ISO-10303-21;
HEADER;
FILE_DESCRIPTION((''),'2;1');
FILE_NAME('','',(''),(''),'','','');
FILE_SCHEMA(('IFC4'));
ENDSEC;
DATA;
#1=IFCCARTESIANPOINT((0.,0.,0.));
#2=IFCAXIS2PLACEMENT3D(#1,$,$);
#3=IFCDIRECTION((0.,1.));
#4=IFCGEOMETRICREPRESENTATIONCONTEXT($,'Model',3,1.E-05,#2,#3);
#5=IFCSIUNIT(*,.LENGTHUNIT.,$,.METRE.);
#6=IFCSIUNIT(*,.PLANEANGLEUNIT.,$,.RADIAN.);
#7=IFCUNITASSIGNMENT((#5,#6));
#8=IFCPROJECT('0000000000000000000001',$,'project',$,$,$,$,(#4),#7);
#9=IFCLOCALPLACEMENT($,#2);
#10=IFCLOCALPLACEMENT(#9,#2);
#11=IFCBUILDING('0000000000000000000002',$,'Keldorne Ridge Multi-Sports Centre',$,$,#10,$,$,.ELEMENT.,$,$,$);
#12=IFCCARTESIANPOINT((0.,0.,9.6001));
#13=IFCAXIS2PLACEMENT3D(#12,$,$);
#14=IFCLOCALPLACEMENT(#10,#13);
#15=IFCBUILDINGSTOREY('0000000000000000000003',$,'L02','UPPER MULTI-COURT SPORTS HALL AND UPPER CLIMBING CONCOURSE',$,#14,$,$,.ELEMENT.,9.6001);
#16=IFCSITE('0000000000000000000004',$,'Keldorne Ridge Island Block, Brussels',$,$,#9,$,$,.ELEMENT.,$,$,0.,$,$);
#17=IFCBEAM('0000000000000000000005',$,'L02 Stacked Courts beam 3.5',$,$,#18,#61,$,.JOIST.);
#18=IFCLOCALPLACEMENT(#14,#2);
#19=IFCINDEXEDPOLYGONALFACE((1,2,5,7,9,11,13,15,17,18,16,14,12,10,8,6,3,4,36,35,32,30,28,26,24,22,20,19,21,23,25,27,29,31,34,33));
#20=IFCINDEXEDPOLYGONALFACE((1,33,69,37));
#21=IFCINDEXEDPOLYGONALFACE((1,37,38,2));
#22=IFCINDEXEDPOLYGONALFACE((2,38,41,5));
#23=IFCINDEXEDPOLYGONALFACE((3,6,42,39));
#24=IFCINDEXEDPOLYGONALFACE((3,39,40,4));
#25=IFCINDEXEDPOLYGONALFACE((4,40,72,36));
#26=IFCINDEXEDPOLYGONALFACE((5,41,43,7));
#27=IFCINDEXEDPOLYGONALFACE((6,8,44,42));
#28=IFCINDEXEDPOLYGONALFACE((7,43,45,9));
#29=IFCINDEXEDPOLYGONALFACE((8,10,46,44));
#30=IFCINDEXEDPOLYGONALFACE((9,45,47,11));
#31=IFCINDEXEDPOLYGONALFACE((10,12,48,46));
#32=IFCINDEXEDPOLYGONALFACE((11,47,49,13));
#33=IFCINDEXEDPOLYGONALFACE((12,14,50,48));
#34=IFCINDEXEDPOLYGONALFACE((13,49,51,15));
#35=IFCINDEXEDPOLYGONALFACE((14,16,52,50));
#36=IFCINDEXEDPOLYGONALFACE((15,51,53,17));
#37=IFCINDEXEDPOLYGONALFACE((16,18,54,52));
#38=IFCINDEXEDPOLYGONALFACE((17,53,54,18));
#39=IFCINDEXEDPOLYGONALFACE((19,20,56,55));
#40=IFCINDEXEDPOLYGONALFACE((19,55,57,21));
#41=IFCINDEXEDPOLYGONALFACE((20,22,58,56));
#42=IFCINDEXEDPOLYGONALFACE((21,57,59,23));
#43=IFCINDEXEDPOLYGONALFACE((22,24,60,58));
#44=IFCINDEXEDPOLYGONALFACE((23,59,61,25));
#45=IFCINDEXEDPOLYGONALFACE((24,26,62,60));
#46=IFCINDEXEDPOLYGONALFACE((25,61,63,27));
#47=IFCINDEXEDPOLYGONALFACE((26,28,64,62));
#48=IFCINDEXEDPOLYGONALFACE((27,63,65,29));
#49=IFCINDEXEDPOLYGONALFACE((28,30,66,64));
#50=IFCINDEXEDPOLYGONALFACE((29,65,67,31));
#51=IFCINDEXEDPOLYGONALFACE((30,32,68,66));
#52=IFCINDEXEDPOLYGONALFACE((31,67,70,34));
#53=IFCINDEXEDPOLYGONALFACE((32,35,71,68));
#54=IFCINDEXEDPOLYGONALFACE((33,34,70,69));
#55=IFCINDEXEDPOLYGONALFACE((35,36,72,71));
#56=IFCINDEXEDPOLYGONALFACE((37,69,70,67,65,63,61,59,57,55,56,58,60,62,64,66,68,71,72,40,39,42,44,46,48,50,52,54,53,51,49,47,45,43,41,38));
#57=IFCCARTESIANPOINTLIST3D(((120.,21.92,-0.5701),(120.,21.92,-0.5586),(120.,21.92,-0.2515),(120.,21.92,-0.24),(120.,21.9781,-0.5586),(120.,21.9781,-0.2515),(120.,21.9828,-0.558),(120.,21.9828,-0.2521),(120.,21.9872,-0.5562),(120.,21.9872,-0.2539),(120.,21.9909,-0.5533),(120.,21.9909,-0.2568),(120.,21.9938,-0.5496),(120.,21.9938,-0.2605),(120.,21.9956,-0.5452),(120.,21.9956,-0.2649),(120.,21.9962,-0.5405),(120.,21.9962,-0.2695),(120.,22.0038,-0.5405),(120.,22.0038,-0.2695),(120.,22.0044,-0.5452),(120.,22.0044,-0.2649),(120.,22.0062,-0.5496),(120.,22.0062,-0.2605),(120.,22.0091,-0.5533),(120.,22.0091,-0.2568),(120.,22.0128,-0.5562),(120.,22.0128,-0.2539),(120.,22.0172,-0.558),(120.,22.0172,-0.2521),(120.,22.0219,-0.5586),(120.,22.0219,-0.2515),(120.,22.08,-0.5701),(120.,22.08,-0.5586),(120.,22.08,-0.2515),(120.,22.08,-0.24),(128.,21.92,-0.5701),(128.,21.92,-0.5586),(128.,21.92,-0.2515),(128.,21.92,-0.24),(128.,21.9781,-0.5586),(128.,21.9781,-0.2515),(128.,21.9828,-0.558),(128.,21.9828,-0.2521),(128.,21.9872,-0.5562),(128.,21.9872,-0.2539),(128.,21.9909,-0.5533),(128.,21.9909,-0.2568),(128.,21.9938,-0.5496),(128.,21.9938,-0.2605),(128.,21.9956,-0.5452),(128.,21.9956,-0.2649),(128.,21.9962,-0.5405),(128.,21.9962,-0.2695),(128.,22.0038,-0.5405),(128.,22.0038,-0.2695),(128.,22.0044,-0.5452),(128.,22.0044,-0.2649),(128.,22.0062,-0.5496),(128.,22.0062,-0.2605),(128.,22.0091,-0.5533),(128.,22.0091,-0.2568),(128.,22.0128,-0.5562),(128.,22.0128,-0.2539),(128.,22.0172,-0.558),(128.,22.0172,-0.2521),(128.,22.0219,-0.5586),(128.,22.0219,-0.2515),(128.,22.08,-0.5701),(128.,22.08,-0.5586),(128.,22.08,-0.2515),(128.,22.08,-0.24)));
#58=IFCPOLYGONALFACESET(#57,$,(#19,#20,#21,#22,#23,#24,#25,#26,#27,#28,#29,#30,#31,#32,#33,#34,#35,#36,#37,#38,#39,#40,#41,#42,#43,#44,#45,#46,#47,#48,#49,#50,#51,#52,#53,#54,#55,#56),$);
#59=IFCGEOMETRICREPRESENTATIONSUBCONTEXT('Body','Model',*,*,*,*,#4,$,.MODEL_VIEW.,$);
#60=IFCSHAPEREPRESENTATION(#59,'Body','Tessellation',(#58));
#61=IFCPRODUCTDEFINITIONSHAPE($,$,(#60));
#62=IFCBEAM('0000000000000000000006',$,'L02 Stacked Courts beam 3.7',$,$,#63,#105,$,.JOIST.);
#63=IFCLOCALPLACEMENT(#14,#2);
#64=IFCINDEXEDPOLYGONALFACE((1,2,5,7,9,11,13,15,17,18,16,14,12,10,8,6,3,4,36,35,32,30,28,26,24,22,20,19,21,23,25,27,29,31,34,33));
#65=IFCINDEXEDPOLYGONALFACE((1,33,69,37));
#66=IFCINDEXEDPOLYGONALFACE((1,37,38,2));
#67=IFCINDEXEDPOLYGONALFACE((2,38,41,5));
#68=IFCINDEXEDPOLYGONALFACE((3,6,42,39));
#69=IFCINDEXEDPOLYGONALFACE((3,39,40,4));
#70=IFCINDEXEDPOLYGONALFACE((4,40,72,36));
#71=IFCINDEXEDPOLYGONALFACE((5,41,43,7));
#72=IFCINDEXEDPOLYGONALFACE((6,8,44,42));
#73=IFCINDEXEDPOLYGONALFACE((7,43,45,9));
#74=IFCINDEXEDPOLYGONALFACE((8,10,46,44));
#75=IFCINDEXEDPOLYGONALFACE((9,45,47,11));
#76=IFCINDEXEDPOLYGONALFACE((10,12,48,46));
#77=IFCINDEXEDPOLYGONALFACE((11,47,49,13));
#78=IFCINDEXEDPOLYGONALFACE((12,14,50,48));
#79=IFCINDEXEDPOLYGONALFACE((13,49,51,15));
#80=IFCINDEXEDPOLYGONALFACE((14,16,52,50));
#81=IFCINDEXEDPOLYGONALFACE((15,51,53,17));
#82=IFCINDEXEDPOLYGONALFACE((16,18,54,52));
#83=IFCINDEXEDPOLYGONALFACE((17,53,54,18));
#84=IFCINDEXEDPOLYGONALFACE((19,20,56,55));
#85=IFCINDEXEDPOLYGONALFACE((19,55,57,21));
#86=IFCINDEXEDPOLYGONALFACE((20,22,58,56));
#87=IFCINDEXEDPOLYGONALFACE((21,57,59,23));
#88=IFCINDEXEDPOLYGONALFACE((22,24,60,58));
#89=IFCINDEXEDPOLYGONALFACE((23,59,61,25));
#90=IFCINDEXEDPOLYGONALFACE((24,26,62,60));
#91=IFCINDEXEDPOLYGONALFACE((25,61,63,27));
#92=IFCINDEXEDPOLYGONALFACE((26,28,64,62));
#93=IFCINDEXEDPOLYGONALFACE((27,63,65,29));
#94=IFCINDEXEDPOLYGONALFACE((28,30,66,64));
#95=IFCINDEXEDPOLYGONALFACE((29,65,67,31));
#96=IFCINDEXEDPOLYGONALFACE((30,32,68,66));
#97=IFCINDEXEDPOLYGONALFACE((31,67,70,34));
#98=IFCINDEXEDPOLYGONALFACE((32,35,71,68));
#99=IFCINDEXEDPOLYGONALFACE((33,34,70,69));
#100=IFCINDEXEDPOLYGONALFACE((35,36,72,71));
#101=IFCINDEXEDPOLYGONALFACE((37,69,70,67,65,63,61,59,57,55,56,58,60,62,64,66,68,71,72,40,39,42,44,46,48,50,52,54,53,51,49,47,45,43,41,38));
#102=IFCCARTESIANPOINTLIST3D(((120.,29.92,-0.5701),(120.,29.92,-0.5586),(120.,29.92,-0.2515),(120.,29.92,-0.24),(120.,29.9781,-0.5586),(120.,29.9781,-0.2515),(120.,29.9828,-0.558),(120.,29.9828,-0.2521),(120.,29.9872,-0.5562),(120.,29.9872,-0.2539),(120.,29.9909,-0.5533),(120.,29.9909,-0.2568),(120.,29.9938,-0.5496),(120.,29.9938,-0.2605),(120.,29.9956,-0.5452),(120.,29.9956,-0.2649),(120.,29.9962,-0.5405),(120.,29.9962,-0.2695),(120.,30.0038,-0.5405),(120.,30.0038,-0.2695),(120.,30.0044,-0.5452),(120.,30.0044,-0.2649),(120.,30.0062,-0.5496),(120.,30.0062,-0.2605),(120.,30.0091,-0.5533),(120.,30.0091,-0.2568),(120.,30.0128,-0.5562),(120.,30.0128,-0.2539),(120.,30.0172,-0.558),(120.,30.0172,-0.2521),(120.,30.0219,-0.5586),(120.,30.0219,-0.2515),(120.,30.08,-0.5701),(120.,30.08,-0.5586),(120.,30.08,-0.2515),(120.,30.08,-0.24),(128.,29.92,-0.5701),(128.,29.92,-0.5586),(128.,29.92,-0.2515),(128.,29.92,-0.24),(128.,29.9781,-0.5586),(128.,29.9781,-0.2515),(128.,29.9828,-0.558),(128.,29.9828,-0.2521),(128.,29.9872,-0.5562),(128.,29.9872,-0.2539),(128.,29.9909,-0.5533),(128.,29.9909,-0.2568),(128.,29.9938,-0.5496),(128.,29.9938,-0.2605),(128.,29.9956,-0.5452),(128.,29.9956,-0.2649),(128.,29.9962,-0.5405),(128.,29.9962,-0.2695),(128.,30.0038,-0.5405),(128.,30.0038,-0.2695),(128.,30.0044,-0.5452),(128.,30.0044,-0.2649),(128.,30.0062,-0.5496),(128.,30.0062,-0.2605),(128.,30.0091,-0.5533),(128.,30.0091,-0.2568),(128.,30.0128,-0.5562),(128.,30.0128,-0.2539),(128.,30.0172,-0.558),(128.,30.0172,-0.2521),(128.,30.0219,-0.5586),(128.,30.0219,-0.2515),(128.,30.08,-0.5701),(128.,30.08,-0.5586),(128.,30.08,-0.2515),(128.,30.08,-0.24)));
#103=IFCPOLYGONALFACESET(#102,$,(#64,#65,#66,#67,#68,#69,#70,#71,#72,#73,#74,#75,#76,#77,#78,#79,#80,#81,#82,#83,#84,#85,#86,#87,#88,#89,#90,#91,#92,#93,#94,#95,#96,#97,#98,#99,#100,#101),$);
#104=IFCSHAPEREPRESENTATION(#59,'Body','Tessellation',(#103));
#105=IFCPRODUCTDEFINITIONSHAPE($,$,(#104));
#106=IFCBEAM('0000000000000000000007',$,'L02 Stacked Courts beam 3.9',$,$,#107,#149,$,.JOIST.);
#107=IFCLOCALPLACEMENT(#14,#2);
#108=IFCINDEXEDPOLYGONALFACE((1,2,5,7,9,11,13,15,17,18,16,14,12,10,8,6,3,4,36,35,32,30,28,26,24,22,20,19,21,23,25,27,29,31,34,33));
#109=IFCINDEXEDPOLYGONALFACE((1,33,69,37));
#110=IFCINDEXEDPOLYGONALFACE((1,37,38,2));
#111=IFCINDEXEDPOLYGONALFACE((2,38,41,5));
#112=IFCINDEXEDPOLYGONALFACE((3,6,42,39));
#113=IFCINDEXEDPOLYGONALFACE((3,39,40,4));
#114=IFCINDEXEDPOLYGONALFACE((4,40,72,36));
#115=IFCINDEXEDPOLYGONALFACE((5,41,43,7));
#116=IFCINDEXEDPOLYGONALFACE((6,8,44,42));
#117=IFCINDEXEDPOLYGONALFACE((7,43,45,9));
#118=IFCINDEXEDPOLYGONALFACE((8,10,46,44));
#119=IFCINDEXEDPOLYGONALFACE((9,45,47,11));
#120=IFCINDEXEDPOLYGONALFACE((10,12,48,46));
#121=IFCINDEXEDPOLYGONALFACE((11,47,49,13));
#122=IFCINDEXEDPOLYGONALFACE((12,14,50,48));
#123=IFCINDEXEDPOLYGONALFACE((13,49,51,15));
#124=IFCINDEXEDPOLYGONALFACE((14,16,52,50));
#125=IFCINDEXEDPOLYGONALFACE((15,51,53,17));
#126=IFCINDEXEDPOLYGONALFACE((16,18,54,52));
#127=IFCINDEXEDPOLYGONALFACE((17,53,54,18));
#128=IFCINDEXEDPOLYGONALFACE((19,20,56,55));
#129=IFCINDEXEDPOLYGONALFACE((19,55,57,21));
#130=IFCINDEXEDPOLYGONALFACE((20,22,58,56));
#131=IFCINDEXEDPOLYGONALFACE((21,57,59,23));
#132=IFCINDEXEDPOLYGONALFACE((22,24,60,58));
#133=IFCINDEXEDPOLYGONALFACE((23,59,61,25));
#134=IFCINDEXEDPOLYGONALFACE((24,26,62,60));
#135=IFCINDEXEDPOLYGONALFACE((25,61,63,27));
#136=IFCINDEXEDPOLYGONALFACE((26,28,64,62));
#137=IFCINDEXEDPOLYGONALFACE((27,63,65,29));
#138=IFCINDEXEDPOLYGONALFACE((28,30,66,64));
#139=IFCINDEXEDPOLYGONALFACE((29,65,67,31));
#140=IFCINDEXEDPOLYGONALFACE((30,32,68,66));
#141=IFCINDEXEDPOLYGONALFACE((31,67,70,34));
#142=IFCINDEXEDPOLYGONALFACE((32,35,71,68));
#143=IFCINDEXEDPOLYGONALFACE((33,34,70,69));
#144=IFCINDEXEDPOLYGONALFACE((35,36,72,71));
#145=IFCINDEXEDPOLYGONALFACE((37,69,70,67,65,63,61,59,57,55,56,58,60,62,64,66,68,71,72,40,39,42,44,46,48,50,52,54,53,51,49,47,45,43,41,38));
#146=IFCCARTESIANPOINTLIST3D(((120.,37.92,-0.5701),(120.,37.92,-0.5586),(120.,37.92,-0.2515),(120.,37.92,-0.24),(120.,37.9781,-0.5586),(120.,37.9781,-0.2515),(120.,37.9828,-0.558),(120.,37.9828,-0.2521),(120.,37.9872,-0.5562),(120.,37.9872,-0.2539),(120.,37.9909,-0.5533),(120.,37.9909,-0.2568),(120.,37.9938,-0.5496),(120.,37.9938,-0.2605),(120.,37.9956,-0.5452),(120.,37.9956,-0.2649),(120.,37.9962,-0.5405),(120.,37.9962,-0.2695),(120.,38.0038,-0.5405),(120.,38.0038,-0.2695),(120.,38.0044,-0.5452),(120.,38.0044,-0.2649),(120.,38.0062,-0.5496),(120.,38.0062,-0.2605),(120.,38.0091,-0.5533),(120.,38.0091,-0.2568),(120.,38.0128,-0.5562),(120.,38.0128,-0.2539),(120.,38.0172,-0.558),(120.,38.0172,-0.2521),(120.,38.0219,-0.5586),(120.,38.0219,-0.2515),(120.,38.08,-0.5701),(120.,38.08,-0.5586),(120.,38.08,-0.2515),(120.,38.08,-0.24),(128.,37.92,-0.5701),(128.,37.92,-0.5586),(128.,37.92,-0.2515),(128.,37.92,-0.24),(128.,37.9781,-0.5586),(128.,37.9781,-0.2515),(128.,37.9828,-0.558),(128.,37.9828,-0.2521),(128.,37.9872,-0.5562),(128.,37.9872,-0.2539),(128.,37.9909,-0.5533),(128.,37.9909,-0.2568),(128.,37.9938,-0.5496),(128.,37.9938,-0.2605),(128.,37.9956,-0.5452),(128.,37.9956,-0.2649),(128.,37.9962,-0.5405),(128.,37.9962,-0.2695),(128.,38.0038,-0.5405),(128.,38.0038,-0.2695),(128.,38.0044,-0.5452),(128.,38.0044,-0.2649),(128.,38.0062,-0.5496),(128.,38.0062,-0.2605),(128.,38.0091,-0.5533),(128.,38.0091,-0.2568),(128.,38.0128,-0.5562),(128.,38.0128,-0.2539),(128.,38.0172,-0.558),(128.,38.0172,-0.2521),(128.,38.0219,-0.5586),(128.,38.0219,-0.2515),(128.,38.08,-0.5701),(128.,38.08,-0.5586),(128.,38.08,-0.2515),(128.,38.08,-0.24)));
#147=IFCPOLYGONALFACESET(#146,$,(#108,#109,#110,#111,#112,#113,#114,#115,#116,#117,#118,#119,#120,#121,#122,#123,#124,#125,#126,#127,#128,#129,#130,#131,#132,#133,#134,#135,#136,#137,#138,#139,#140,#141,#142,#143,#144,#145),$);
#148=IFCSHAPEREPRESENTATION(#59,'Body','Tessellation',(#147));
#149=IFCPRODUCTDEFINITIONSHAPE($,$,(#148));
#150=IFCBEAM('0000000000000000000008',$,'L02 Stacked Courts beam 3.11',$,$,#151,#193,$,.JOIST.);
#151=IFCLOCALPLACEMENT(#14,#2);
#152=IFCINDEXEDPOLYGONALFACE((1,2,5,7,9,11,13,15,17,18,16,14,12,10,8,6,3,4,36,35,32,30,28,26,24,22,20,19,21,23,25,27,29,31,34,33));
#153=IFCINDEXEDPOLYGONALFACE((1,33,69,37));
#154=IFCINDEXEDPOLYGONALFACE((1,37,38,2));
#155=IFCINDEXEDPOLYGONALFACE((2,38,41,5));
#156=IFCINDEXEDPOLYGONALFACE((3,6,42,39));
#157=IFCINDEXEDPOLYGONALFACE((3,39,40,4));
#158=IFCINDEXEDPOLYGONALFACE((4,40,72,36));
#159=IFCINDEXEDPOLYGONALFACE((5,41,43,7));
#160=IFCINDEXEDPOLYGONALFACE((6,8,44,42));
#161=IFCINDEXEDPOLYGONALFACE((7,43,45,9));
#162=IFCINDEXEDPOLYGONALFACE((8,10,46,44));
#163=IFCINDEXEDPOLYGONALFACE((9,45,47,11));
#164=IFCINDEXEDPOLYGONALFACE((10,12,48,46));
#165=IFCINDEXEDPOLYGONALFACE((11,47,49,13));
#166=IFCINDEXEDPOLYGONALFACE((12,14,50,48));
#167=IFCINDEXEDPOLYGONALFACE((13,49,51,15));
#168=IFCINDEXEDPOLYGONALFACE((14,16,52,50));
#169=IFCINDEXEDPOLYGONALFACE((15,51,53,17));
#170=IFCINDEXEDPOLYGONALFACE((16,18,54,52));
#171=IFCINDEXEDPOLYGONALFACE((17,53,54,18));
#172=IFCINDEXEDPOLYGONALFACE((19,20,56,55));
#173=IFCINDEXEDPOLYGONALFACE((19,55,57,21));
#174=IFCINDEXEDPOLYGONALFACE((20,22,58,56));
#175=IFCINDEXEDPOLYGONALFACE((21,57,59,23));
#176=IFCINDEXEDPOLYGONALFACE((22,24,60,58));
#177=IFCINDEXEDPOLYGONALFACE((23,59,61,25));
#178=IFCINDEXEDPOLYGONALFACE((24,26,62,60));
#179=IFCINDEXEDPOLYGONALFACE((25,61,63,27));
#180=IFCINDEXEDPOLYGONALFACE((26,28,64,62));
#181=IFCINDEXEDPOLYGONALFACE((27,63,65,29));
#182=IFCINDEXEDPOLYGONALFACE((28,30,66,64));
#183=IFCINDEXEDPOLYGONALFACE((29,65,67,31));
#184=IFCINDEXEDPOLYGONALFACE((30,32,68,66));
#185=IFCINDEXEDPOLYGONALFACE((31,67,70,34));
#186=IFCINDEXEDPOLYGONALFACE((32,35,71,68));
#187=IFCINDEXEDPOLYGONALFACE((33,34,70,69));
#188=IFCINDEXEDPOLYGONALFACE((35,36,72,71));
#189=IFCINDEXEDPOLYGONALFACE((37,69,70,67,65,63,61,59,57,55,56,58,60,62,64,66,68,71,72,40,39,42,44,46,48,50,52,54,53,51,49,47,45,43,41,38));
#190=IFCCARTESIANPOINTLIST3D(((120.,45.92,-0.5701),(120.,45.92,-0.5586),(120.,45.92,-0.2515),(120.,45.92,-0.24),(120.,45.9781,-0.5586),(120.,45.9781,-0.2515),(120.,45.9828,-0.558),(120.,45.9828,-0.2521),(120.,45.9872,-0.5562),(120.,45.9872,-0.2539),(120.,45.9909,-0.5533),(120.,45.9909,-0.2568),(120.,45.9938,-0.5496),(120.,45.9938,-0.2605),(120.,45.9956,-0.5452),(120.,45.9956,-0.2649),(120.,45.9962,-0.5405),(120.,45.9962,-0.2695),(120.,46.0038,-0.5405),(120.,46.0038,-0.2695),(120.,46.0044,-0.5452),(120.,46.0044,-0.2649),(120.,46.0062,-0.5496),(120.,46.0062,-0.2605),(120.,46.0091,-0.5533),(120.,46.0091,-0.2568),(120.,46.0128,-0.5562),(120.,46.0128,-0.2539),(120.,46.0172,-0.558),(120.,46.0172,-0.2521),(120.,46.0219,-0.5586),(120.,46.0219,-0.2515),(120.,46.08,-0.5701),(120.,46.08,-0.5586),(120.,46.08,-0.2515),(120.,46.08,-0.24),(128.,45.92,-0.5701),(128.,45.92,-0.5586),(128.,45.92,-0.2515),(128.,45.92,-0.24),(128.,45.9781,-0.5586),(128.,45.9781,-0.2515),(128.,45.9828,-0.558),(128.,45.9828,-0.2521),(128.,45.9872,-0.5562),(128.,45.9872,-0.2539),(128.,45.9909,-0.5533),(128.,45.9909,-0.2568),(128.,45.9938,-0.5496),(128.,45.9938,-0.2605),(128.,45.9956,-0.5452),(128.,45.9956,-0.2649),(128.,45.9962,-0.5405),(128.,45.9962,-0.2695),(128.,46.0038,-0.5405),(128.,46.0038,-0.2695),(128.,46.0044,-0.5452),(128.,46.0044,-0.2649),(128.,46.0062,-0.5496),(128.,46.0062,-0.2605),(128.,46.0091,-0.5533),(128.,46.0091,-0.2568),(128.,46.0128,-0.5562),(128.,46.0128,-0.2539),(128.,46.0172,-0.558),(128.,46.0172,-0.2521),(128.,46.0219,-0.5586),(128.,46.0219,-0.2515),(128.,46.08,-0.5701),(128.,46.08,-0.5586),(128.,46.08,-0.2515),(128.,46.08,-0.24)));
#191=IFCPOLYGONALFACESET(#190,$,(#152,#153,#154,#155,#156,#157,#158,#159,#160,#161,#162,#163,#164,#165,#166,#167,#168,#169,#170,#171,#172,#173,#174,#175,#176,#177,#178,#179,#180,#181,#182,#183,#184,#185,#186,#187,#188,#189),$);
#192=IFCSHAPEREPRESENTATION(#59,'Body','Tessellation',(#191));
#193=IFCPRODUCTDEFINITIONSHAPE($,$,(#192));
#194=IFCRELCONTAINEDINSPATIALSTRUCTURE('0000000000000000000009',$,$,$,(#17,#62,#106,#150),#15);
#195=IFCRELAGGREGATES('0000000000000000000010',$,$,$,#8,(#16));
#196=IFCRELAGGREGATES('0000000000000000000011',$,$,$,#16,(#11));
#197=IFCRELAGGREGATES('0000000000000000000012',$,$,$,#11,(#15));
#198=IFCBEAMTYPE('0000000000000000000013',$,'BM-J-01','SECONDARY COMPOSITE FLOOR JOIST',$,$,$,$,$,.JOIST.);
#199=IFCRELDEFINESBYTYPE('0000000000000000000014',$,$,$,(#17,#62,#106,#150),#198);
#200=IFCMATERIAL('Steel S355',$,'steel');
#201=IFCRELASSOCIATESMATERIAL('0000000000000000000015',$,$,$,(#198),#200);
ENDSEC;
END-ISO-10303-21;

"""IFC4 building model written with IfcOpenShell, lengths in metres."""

from ifc_helpers import new_model, si_unit, direction, frame, origin, origin_2d, place, context, subcontext, project, spatial, i_section, extrude, material, material_profile, profile_set, type_object, element, save


model = new_model("IFC4")

# Units and contexts
model_context = context("Model", 3, precision=1e-05, world=origin(), true_north=direction((0.0, 1.0)))
body_context = subcontext(model_context, "Body", "Model", "MODEL_VIEW")
ifc_project = project(units=[si_unit("LENGTHUNIT", "METRE"), si_unit("PLANEANGLEUNIT", "RADIAN")], contexts=[model_context])

# Site, building, storey
site_placement = place(None, origin())
site = spatial("IfcSite", under=ifc_project, at=site_placement, Name="Keldorne Ridge Island Block, Brussels", CompositionType="ELEMENT", RefElevation=0.0)
building_placement = place(site_placement, origin())
building = spatial("IfcBuilding", under=site, at=building_placement, Name="Keldorne Ridge Multi-Sports Centre", CompositionType="ELEMENT")
storey_placement = place(building_placement, frame((0.0, 0.0, 9.6001)))
storey = spatial("IfcBuildingStorey", under=building, at=storey_placement, Name="L02", Description="UPPER MULTI-COURT SPORTS HALL AND UPPER CLIMBING CONCOURSE", CompositionType="ELEMENT", Elevation=9.6001)

# Shared definitions
ifc_material_1 = material(Name="Steel S355", Category="steel")

# Beams
ifc_material_profile_1 = material_profile(ifc_material_1, i_section(OverallWidth=0.1599, OverallDepth=0.3301, WebThickness=0.0076, FlangeThickness=0.0115, FilletRadius=0.0181, at=origin_2d()), Name="IPE 330")
ifc_profile_set_1 = profile_set([ifc_material_profile_1], Name="Steel S355")
beam_type_1 = type_object("IfcBeamType", Name="BM-J-01", Description="SECONDARY COMPOSITE FLOOR JOIST", PredefinedType="JOIST", material=ifc_profile_set_1)
for number, where, z_axis, x_axis, name in (
    (1, (120.0, 22.0, -0.405), (1.0, 0.0, 0.0), (0.0, 1.0, 0.0), "L02 Stacked Courts beam 3.5"),
    (2, (120.0, 30.0, -0.405), (1.0, 0.0, 0.0), (0.0, 1.0, 0.0), "L02 Stacked Courts beam 3.7"),
    (3, (120.0, 38.0, -0.405), (1.0, 0.0, 0.0), (0.0, 1.0, 0.0), "L02 Stacked Courts beam 3.9"),
    (4, (120.0, 46.0, -0.405), (1.0, 0.0, 0.0), (0.0, 1.0, 0.0), "L02 Stacked Courts beam 3.11"),
):
    element("IfcBeam", number, at=place(storey_placement, frame(where, z_axis=z_axis, x_axis=x_axis)), inside=storey, type_object=beam_type_1, Name=name, PredefinedType="JOIST", context=body_context, shape_type="SweptSolid", body=[
        extrude(i_section(OverallWidth=0.1599, OverallDepth=0.3301, WebThickness=0.0076, FlangeThickness=0.0115, FilletRadius=0.0181, at=origin_2d()), origin(), (0.0, 0.0, 1.0), 8.0),
    ])

save(model, "model.ifc")
